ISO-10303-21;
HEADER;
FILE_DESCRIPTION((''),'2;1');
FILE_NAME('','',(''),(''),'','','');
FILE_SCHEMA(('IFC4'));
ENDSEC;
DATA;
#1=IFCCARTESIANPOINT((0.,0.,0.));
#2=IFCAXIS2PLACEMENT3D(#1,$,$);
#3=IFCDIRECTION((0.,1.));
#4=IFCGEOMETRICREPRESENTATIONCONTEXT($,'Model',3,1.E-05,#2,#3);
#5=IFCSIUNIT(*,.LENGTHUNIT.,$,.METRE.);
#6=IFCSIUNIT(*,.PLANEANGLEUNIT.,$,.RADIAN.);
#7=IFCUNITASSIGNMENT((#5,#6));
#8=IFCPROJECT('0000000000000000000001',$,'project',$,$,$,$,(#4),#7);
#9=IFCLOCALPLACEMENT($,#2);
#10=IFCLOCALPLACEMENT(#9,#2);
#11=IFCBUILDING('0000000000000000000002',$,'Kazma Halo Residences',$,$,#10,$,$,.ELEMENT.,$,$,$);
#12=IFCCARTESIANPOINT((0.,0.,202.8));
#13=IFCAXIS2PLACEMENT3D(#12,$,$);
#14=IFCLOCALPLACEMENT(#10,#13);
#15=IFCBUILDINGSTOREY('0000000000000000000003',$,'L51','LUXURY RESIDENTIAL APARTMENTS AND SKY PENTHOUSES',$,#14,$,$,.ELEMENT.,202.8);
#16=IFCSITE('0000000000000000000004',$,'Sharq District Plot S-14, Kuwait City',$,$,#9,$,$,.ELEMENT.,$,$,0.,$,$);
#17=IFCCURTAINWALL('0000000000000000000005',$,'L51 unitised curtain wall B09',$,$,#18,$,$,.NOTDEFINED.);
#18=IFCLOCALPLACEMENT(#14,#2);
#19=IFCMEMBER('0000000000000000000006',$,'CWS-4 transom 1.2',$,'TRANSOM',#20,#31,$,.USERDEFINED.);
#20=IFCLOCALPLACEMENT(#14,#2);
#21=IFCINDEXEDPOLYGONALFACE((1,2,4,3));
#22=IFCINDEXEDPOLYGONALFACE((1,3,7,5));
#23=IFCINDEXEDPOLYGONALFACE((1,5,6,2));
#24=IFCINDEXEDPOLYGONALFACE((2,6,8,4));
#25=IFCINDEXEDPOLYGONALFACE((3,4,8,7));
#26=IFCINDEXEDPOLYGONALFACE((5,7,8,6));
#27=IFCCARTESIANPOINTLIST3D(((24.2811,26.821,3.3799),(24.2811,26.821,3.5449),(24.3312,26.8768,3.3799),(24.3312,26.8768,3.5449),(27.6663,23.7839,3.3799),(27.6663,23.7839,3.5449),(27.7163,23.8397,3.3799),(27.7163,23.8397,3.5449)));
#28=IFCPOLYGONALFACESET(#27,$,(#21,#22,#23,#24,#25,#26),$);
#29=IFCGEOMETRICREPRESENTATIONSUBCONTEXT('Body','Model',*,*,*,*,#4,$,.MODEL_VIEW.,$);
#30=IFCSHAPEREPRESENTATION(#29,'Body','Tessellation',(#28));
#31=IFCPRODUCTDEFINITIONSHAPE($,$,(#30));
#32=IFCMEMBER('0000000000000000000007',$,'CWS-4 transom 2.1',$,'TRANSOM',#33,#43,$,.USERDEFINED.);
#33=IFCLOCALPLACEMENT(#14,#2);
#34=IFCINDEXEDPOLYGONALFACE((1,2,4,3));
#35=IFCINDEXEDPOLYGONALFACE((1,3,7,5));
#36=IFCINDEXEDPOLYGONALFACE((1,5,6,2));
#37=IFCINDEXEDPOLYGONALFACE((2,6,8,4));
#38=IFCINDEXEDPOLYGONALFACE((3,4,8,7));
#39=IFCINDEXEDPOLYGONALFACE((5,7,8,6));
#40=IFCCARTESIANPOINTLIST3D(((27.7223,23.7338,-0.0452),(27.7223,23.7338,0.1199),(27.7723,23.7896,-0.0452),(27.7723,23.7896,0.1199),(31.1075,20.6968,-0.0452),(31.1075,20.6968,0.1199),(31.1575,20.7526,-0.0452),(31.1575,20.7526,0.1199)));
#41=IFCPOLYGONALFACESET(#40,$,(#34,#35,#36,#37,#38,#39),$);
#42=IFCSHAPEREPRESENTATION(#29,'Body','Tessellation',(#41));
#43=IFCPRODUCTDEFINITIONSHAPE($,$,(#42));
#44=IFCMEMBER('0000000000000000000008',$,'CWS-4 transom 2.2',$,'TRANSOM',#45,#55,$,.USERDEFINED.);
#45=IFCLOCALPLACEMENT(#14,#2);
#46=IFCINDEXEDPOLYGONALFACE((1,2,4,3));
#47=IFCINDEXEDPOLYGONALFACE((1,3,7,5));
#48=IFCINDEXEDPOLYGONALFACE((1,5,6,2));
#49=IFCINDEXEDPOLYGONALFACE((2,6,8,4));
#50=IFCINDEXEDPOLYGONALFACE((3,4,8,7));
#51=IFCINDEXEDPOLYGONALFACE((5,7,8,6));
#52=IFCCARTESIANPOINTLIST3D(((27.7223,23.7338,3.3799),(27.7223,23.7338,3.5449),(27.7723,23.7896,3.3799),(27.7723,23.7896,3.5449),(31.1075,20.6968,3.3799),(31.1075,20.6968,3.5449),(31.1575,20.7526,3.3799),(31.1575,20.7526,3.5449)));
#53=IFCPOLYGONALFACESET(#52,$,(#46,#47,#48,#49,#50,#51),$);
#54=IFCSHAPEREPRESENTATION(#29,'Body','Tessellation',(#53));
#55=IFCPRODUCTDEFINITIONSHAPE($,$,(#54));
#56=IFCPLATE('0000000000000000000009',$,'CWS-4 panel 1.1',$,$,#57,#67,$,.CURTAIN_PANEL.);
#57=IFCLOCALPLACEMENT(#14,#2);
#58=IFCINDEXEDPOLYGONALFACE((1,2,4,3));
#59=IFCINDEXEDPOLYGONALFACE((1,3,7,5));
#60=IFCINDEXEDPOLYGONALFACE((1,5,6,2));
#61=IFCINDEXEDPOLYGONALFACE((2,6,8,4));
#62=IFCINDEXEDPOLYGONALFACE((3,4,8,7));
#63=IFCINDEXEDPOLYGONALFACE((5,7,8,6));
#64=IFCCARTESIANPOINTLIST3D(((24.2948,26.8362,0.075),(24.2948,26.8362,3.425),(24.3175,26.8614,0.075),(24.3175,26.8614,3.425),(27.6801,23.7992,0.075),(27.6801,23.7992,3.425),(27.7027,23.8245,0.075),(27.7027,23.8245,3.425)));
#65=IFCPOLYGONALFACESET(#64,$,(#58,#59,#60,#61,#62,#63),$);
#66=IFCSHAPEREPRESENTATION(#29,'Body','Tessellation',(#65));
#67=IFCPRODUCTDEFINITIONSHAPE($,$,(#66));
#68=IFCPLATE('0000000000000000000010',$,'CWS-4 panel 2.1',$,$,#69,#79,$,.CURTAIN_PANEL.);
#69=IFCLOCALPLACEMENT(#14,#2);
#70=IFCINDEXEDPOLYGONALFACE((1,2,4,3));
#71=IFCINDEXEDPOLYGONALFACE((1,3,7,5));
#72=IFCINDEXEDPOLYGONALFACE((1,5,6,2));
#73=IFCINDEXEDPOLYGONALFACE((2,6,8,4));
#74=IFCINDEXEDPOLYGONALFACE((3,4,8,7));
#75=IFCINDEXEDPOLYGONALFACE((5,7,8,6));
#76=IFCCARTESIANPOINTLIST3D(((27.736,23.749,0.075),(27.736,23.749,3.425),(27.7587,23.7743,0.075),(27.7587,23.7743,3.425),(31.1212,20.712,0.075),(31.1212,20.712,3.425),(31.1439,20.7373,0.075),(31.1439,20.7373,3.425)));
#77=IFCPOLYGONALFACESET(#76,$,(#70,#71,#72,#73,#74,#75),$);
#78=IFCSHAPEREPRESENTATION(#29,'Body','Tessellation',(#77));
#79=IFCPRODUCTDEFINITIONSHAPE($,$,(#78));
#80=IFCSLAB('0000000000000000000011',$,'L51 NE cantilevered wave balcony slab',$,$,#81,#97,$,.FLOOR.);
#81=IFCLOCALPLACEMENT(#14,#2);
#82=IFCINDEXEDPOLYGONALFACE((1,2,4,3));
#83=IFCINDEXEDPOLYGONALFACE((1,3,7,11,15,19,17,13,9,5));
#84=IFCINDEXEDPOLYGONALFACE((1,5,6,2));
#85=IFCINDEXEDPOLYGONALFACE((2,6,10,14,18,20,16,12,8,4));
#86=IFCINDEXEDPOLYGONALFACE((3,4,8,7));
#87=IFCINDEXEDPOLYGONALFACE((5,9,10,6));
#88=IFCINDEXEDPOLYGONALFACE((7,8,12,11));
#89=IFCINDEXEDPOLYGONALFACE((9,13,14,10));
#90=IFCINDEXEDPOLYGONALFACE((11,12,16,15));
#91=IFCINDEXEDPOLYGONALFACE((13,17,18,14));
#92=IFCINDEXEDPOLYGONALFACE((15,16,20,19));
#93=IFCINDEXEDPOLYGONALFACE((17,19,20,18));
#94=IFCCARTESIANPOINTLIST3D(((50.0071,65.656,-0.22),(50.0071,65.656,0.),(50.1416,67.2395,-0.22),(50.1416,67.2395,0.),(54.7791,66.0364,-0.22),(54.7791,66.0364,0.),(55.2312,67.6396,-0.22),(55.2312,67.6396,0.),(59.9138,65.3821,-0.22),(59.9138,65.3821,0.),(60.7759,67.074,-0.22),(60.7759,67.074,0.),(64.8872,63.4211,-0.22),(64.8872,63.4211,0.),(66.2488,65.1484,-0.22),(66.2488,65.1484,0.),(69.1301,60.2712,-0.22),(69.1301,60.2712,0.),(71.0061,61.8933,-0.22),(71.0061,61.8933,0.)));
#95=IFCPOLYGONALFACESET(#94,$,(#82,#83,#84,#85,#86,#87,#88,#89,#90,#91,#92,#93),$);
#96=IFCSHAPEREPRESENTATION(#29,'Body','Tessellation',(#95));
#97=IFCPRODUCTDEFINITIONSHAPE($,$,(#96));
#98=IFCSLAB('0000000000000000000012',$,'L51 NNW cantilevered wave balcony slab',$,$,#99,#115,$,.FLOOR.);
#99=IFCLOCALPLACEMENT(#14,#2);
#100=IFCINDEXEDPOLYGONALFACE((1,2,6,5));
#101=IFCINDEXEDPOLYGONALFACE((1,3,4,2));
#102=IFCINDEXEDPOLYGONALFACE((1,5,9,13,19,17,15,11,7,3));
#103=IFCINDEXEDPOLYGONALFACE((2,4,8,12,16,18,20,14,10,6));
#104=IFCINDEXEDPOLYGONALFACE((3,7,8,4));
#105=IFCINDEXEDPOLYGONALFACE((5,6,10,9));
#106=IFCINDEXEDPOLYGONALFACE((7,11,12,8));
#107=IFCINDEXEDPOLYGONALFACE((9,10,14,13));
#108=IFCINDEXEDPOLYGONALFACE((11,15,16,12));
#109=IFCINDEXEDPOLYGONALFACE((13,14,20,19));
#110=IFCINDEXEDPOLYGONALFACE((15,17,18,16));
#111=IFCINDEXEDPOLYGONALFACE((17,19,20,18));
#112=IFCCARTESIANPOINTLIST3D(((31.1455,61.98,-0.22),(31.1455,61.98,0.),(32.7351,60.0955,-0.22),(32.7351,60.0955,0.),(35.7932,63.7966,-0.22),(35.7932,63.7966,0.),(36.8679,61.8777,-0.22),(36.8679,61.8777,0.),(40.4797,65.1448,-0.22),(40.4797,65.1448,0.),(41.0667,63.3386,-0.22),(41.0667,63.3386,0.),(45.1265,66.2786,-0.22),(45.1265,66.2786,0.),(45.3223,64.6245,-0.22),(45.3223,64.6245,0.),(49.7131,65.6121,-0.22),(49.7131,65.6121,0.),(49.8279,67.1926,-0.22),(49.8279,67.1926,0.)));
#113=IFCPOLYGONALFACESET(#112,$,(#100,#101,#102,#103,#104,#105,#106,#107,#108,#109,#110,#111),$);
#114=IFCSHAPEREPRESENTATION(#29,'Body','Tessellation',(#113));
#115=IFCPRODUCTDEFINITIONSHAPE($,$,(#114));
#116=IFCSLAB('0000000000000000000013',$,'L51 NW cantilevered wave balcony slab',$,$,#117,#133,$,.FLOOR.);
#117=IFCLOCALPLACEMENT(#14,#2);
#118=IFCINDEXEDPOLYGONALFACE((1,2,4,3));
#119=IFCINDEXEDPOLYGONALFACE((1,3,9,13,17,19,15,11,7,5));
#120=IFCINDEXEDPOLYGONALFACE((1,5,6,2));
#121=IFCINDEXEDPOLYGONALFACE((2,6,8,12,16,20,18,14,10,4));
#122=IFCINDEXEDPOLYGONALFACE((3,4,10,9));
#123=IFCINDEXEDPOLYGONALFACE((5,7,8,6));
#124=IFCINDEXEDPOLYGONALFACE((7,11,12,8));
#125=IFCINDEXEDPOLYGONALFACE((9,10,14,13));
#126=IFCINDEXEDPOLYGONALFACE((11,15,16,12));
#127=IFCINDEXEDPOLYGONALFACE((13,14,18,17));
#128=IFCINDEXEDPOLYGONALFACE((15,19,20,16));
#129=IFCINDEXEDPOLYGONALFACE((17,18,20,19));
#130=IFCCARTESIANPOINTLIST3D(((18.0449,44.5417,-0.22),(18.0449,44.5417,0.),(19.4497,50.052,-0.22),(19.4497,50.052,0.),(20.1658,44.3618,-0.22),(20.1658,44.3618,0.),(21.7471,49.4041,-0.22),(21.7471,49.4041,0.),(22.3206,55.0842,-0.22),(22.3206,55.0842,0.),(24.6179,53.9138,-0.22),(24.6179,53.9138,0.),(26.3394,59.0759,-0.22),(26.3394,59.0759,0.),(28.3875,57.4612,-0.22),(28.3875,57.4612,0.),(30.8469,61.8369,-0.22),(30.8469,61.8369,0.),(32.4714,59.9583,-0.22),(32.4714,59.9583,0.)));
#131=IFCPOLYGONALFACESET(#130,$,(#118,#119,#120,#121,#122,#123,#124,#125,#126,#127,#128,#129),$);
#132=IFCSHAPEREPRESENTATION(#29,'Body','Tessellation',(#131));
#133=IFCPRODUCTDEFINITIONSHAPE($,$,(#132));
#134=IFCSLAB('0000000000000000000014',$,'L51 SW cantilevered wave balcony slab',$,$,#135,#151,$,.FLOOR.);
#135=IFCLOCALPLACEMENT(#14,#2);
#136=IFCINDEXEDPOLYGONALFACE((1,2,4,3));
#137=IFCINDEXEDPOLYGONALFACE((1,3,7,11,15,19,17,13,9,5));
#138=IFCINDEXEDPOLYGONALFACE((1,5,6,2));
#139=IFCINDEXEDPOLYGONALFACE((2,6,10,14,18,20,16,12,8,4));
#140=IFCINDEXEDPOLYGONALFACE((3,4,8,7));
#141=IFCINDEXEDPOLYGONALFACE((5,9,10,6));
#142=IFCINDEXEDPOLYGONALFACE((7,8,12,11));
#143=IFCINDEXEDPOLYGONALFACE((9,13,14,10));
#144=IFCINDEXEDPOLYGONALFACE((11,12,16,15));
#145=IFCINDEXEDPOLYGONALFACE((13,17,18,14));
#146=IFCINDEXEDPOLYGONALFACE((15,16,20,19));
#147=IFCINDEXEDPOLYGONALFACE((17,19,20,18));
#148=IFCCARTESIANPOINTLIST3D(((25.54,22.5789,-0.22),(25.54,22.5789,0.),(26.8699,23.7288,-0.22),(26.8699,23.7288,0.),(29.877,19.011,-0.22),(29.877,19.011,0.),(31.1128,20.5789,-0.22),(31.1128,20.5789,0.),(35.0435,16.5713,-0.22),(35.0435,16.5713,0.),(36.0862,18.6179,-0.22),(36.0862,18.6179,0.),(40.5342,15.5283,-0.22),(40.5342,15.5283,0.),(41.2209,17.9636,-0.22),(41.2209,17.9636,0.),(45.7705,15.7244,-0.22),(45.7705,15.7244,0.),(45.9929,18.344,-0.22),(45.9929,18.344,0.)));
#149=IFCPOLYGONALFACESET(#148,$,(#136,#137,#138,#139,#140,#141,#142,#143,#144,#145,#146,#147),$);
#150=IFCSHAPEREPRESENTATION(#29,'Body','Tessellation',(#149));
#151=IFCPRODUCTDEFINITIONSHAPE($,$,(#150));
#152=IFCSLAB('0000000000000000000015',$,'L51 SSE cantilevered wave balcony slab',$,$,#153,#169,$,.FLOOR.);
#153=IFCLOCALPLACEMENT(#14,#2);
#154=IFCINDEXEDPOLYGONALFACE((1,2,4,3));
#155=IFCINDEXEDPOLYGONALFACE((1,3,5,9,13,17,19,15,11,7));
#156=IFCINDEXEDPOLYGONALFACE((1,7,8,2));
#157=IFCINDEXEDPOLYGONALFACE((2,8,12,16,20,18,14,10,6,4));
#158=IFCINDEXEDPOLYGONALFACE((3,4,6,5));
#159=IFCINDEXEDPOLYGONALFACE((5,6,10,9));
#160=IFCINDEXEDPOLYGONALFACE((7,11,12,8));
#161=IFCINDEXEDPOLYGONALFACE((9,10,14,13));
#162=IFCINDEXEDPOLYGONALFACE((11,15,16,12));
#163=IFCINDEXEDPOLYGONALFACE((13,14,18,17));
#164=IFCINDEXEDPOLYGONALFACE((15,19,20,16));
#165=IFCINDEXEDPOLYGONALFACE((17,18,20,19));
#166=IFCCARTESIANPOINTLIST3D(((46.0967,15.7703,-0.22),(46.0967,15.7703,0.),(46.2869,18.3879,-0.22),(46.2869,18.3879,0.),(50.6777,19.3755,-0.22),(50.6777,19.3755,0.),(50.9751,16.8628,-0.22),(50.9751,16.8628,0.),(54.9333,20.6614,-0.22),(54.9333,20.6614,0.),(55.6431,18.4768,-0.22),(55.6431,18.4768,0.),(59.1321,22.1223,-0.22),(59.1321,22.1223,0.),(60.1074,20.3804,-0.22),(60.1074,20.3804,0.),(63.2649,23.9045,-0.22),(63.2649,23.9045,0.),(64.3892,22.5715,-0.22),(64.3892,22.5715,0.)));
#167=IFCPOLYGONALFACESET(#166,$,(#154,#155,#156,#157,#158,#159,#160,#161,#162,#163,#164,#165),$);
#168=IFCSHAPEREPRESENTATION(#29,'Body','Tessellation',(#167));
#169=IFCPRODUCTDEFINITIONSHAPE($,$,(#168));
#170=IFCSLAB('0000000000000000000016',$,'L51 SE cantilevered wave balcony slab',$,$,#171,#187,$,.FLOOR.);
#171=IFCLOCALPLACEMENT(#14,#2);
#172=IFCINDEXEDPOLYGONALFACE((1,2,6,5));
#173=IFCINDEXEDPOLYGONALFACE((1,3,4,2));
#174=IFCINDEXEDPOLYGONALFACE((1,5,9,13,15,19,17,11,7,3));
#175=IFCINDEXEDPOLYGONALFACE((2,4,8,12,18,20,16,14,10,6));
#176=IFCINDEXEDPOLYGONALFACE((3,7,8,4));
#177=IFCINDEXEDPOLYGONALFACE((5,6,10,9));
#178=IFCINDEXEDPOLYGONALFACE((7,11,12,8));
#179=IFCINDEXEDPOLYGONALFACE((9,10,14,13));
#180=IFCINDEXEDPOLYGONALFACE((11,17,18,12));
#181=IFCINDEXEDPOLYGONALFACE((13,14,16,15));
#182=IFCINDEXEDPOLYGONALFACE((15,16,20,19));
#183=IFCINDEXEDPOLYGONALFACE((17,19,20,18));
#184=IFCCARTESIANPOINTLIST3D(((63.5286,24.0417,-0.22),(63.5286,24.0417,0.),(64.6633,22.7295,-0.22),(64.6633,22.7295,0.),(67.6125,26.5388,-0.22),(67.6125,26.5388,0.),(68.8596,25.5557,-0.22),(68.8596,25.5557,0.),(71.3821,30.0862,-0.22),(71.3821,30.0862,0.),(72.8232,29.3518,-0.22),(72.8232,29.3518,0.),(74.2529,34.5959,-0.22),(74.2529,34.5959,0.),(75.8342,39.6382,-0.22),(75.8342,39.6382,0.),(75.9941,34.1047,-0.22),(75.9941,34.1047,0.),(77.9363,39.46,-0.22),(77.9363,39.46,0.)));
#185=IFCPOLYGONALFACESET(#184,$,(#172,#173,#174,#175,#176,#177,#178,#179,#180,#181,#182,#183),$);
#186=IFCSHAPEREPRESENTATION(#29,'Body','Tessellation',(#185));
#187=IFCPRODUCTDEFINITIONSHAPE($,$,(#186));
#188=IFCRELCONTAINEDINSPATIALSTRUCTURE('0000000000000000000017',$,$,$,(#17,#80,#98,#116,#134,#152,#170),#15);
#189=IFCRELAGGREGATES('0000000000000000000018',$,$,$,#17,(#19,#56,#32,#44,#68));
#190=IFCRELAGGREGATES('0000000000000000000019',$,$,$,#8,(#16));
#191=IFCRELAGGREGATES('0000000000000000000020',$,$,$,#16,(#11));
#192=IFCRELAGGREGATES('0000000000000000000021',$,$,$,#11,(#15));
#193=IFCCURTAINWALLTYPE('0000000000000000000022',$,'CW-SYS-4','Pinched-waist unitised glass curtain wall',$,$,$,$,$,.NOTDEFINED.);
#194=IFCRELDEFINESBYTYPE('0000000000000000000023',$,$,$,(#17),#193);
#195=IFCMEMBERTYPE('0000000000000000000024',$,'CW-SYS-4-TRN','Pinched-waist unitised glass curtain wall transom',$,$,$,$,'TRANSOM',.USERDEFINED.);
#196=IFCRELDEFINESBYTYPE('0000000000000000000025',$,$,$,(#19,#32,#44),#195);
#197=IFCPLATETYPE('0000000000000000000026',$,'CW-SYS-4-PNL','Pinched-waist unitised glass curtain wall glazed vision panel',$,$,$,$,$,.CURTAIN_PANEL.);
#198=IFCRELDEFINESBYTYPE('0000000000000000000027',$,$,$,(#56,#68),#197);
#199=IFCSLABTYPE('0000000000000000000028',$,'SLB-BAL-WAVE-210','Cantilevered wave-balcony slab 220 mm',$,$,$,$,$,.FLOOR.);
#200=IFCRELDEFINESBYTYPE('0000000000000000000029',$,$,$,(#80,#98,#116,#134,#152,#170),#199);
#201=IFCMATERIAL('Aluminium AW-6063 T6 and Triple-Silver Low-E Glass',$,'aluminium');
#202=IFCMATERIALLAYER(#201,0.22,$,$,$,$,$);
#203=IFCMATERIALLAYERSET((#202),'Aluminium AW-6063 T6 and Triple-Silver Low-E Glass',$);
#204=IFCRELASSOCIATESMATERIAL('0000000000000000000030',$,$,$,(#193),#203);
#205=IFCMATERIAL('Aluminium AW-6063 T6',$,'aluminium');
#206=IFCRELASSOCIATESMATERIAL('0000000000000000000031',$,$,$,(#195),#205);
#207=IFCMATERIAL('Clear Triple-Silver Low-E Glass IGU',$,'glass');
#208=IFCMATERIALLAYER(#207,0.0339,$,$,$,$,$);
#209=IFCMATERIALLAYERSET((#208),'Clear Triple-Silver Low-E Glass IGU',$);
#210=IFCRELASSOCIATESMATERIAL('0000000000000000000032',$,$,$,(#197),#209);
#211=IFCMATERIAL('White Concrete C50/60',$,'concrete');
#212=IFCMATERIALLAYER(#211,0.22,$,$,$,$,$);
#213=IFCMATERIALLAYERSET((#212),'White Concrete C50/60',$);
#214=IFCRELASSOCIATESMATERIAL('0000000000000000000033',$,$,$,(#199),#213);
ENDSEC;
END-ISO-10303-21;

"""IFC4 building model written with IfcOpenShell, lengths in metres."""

from ifc_helpers import new_model, si_unit, direction, frame, origin, origin_2d, place, context, subcontext, project, spatial, polyline, rectangle, outline, extrude, material, layer, layer_set, material_profile, profile_set, type_object, element, aggregate, save


model = new_model("IFC4")

# Units and contexts
model_context = context("Model", 3, precision=1e-05, world=origin(), true_north=direction((0.0, 1.0)))
body_context = subcontext(model_context, "Body", "Model", "MODEL_VIEW")
ifc_project = project(units=[si_unit("LENGTHUNIT", "METRE"), si_unit("PLANEANGLEUNIT", "RADIAN")], contexts=[model_context])

# Site, building, storey
site_placement = place(None, origin())
site = spatial("IfcSite", under=ifc_project, at=site_placement, Name="Sharq District Plot S-14, Kuwait City", CompositionType="ELEMENT", RefElevation=0.0)
building_placement = place(site_placement, origin())
building = spatial("IfcBuilding", under=site, at=building_placement, Name="Kazma Halo Residences", CompositionType="ELEMENT")
storey_placement = place(building_placement, frame((0.0, 0.0, 202.8)))
storey = spatial("IfcBuildingStorey", under=building, at=storey_placement, Name="L51", Description="LUXURY RESIDENTIAL APARTMENTS AND SKY PENTHOUSES", CompositionType="ELEMENT", Elevation=202.8)

# Curtain wall, members, plates
ifc_material_1 = material(Name="Aluminium AW-6063 T6 and Triple-Silver Low-E Glass", Category="aluminium")
ifc_layer_1 = layer(ifc_material_1, 0.22)
ifc_layer_set_1 = layer_set([ifc_layer_1], Name="Aluminium AW-6063 T6 and Triple-Silver Low-E Glass")
curtain_wall_type = type_object("IfcCurtainWallType", Name="CW-SYS-4", Description="Pinched-waist unitised glass curtain wall", PredefinedType="NOTDEFINED", material=ifc_layer_set_1)
curtain_wall_placement = place(storey_placement, origin())
curtain_wall = element("IfcCurtainWall", 1, at=curtain_wall_placement, inside=storey, type_object=curtain_wall_type, Name="L51 unitised curtain wall B09", PredefinedType="NOTDEFINED")
ifc_material_2 = material(Name="Aluminium AW-6063 T6", Category="aluminium")
ifc_material_profile_1 = material_profile(ifc_material_2, rectangle(XDim=0.075, YDim=0.165, at=origin_2d()), Name="CWT-75x165")
ifc_profile_set_1 = profile_set([ifc_material_profile_1], Name="Aluminium AW-6063 T6")
member_type_1 = type_object("IfcMemberType", Name="CW-SYS-4-TRN", Description="Pinched-waist unitised glass curtain wall transom", ElementType="TRANSOM", PredefinedType="USERDEFINED", material=ifc_profile_set_1)
member_1_placement = place(storey_placement, frame((24.3062, 26.8489, 3.4624), z_axis=(0.744345, -0.667795, 0.0), x_axis=(0.667795, 0.744345, 0.0)))
member_1 = element("IfcMember", 2, at=member_1_placement, type_object=member_type_1, Name="CWS-4 transom 1.2", ObjectType="TRANSOM", PredefinedType="USERDEFINED", context=body_context, shape_type="SweptSolid", body=[
    extrude(rectangle(XDim=0.075, YDim=0.165, at=origin_2d()), origin(), (0.0, 0.0, 1.0), 4.5479),
])
member_2_placement = place(storey_placement, frame((27.7473, 23.7617, 0.0374), z_axis=(0.744345, -0.667795, 0.0), x_axis=(0.667795, 0.744345, 0.0)))
member_2 = element("IfcMember", 3, at=member_2_placement, type_object=member_type_1, Name="CWS-4 transom 2.1", ObjectType="TRANSOM", PredefinedType="USERDEFINED", context=body_context, shape_type="SweptSolid", body=[
    extrude(rectangle(XDim=0.075, YDim=0.165, at=origin_2d()), origin(), (0.0, 0.0, 1.0), 4.5479),
])
member_3_placement = place(storey_placement, frame((27.7473, 23.7617, 3.4624), z_axis=(0.744345, -0.667795, 0.0), x_axis=(0.667795, 0.744345, 0.0)))
member_3 = element("IfcMember", 4, at=member_3_placement, type_object=member_type_1, Name="CWS-4 transom 2.2", ObjectType="TRANSOM", PredefinedType="USERDEFINED", context=body_context, shape_type="SweptSolid", body=[
    extrude(rectangle(XDim=0.075, YDim=0.165, at=origin_2d()), origin(), (0.0, 0.0, 1.0), 4.5479),
])
ifc_material_3 = material(Name="Clear Triple-Silver Low-E Glass IGU", Category="glass")
ifc_layer_2 = layer(ifc_material_3, 0.0339)
ifc_layer_set_2 = layer_set([ifc_layer_2], Name="Clear Triple-Silver Low-E Glass IGU")
plate_type = type_object("IfcPlateType", Name="CW-SYS-4-PNL", Description="Pinched-waist unitised glass curtain wall glazed vision panel", PredefinedType="CURTAIN_PANEL", material=ifc_layer_set_2)
plate_1_placement = place(storey_placement, frame((25.9988, 25.3303, 0.075), z_axis=(0.0, 0.0, 1.0), x_axis=(0.744355, -0.667784, 0.0)))
plate_1 = element("IfcPlate", 5, at=plate_1_placement, type_object=plate_type, Name="CWS-4 panel 1.1", PredefinedType="CURTAIN_PANEL", context=body_context, shape_type="SweptSolid", body=[
    extrude(rectangle(XDim=4.5479, YDim=0.0339, at=origin_2d()), origin(), (0.0, 0.0, 1.0), 3.3501),
])
plate_2_placement = place(storey_placement, frame((29.4399, 22.2432, 0.075), z_axis=(0.0, 0.0, 1.0), x_axis=(0.744355, -0.667784, 0.0)))
plate_2 = element("IfcPlate", 6, at=plate_2_placement, type_object=plate_type, Name="CWS-4 panel 2.1", PredefinedType="CURTAIN_PANEL", context=body_context, shape_type="SweptSolid", body=[
    extrude(rectangle(XDim=4.5479, YDim=0.0339, at=origin_2d()), origin(), (0.0, 0.0, 1.0), 3.3501),
])
aggregate(curtain_wall, [member_1, plate_1, member_2, member_3, plate_2])

# Slabs
ifc_material_4 = material(Name="White Concrete C50/60", Category="concrete")
ifc_layer_3 = layer(ifc_material_4, 0.22)
ifc_layer_set_3 = layer_set([ifc_layer_3], Name="White Concrete C50/60")
slab_type_1 = type_object("IfcSlabType", Name="SLB-BAL-WAVE-210", Description="Cantilevered wave-balcony slab 220 mm", PredefinedType="FLOOR", material=ifc_layer_set_3)
slab_1_placement = place(storey_placement, frame((0.0, 0.0, -0.22)))
element("IfcSlab", 7, at=slab_1_placement, inside=storey, type_object=slab_type_1, Name="L51 NE cantilevered wave balcony slab", PredefinedType="FLOOR", context=body_context, shape_type="SweptSolid", body=[
    extrude(outline(polyline([(69.1301, 60.2712), (64.8872, 63.4211), (59.9138, 65.3821), (54.7791, 66.0364), (50.0071, 65.656), (50.1416, 67.2395), (55.2312, 67.6396), (60.7759, 67.074), (66.2488, 65.1484), (71.0061, 61.8933), (69.1301, 60.2712)])), origin(), (0.0, 0.0, 1.0), 0.22),
])
slab_2_placement = place(storey_placement, frame((0.0, 0.0, -0.22)))
element("IfcSlab", 8, at=slab_2_placement, inside=storey, type_object=slab_type_1, Name="L51 NNW cantilevered wave balcony slab", PredefinedType="FLOOR", context=body_context, shape_type="SweptSolid", body=[
    extrude(outline(polyline([(49.7131, 65.6121), (45.3223, 64.6245), (41.0667, 63.3386), (36.8679, 61.8777), (32.7351, 60.0955), (31.1455, 61.98), (35.7932, 63.7966), (40.4797, 65.1448), (45.1265, 66.2786), (49.8279, 67.1926), (49.7131, 65.6121)])), origin(), (0.0, 0.0, 1.0), 0.22),
])
slab_3_placement = place(storey_placement, frame((0.0, 0.0, -0.22)))
element("IfcSlab", 9, at=slab_3_placement, inside=storey, type_object=slab_type_1, Name="L51 NW cantilevered wave balcony slab", PredefinedType="FLOOR", context=body_context, shape_type="SweptSolid", body=[
    extrude(outline(polyline([(32.4714, 59.9583), (28.3875, 57.4612), (24.6179, 53.9138), (21.7471, 49.4041), (20.1658, 44.3618), (18.0449, 44.5417), (19.4497, 50.052), (22.3206, 55.0842), (26.3394, 59.0759), (30.8469, 61.8369), (32.4714, 59.9583)])), origin(), (0.0, 0.0, 1.0), 0.22),
])
slab_4_placement = place(storey_placement, frame((0.0, 0.0, -0.22)))
element("IfcSlab", 10, at=slab_4_placement, inside=storey, type_object=slab_type_1, Name="L51 SW cantilevered wave balcony slab", PredefinedType="FLOOR", context=body_context, shape_type="SweptSolid", body=[
    extrude(outline(polyline([(26.8699, 23.7288), (31.1128, 20.5789), (36.0862, 18.6179), (41.2209, 17.9636), (45.9929, 18.344), (45.7705, 15.7244), (40.5342, 15.5283), (35.0435, 16.5713), (29.877, 19.011), (25.54, 22.5789), (26.8699, 23.7288)])), origin(), (0.0, 0.0, 1.0), 0.22),
])
slab_5_placement = place(storey_placement, frame((0.0, 0.0, -0.22)))
element("IfcSlab", 11, at=slab_5_placement, inside=storey, type_object=slab_type_1, Name="L51 SSE cantilevered wave balcony slab", PredefinedType="FLOOR", context=body_context, shape_type="SweptSolid", body=[
    extrude(outline(polyline([(46.2869, 18.3879), (50.6777, 19.3755), (54.9333, 20.6614), (59.1321, 22.1223), (63.2649, 23.9045), (64.3892, 22.5715), (60.1074, 20.3804), (55.6431, 18.4768), (50.9751, 16.8628), (46.0967, 15.7703), (46.2869, 18.3879)])), origin(), (0.0, 0.0, 1.0), 0.22),
])
slab_6_placement = place(storey_placement, frame((0.0, 0.0, -0.22)))
element("IfcSlab", 12, at=slab_6_placement, inside=storey, type_object=slab_type_1, Name="L51 SE cantilevered wave balcony slab", PredefinedType="FLOOR", context=body_context, shape_type="SweptSolid", body=[
    extrude(outline(polyline([(63.5286, 24.0417), (67.6125, 26.5388), (71.3821, 30.0862), (74.2529, 34.5959), (75.8342, 39.6382), (77.9363, 39.46), (75.9941, 34.1047), (72.8232, 29.3518), (68.8596, 25.5557), (64.6633, 22.7295), (63.5286, 24.0417)])), origin(), (0.0, 0.0, 1.0), 0.22),
])

save(model, "model.ifc")
